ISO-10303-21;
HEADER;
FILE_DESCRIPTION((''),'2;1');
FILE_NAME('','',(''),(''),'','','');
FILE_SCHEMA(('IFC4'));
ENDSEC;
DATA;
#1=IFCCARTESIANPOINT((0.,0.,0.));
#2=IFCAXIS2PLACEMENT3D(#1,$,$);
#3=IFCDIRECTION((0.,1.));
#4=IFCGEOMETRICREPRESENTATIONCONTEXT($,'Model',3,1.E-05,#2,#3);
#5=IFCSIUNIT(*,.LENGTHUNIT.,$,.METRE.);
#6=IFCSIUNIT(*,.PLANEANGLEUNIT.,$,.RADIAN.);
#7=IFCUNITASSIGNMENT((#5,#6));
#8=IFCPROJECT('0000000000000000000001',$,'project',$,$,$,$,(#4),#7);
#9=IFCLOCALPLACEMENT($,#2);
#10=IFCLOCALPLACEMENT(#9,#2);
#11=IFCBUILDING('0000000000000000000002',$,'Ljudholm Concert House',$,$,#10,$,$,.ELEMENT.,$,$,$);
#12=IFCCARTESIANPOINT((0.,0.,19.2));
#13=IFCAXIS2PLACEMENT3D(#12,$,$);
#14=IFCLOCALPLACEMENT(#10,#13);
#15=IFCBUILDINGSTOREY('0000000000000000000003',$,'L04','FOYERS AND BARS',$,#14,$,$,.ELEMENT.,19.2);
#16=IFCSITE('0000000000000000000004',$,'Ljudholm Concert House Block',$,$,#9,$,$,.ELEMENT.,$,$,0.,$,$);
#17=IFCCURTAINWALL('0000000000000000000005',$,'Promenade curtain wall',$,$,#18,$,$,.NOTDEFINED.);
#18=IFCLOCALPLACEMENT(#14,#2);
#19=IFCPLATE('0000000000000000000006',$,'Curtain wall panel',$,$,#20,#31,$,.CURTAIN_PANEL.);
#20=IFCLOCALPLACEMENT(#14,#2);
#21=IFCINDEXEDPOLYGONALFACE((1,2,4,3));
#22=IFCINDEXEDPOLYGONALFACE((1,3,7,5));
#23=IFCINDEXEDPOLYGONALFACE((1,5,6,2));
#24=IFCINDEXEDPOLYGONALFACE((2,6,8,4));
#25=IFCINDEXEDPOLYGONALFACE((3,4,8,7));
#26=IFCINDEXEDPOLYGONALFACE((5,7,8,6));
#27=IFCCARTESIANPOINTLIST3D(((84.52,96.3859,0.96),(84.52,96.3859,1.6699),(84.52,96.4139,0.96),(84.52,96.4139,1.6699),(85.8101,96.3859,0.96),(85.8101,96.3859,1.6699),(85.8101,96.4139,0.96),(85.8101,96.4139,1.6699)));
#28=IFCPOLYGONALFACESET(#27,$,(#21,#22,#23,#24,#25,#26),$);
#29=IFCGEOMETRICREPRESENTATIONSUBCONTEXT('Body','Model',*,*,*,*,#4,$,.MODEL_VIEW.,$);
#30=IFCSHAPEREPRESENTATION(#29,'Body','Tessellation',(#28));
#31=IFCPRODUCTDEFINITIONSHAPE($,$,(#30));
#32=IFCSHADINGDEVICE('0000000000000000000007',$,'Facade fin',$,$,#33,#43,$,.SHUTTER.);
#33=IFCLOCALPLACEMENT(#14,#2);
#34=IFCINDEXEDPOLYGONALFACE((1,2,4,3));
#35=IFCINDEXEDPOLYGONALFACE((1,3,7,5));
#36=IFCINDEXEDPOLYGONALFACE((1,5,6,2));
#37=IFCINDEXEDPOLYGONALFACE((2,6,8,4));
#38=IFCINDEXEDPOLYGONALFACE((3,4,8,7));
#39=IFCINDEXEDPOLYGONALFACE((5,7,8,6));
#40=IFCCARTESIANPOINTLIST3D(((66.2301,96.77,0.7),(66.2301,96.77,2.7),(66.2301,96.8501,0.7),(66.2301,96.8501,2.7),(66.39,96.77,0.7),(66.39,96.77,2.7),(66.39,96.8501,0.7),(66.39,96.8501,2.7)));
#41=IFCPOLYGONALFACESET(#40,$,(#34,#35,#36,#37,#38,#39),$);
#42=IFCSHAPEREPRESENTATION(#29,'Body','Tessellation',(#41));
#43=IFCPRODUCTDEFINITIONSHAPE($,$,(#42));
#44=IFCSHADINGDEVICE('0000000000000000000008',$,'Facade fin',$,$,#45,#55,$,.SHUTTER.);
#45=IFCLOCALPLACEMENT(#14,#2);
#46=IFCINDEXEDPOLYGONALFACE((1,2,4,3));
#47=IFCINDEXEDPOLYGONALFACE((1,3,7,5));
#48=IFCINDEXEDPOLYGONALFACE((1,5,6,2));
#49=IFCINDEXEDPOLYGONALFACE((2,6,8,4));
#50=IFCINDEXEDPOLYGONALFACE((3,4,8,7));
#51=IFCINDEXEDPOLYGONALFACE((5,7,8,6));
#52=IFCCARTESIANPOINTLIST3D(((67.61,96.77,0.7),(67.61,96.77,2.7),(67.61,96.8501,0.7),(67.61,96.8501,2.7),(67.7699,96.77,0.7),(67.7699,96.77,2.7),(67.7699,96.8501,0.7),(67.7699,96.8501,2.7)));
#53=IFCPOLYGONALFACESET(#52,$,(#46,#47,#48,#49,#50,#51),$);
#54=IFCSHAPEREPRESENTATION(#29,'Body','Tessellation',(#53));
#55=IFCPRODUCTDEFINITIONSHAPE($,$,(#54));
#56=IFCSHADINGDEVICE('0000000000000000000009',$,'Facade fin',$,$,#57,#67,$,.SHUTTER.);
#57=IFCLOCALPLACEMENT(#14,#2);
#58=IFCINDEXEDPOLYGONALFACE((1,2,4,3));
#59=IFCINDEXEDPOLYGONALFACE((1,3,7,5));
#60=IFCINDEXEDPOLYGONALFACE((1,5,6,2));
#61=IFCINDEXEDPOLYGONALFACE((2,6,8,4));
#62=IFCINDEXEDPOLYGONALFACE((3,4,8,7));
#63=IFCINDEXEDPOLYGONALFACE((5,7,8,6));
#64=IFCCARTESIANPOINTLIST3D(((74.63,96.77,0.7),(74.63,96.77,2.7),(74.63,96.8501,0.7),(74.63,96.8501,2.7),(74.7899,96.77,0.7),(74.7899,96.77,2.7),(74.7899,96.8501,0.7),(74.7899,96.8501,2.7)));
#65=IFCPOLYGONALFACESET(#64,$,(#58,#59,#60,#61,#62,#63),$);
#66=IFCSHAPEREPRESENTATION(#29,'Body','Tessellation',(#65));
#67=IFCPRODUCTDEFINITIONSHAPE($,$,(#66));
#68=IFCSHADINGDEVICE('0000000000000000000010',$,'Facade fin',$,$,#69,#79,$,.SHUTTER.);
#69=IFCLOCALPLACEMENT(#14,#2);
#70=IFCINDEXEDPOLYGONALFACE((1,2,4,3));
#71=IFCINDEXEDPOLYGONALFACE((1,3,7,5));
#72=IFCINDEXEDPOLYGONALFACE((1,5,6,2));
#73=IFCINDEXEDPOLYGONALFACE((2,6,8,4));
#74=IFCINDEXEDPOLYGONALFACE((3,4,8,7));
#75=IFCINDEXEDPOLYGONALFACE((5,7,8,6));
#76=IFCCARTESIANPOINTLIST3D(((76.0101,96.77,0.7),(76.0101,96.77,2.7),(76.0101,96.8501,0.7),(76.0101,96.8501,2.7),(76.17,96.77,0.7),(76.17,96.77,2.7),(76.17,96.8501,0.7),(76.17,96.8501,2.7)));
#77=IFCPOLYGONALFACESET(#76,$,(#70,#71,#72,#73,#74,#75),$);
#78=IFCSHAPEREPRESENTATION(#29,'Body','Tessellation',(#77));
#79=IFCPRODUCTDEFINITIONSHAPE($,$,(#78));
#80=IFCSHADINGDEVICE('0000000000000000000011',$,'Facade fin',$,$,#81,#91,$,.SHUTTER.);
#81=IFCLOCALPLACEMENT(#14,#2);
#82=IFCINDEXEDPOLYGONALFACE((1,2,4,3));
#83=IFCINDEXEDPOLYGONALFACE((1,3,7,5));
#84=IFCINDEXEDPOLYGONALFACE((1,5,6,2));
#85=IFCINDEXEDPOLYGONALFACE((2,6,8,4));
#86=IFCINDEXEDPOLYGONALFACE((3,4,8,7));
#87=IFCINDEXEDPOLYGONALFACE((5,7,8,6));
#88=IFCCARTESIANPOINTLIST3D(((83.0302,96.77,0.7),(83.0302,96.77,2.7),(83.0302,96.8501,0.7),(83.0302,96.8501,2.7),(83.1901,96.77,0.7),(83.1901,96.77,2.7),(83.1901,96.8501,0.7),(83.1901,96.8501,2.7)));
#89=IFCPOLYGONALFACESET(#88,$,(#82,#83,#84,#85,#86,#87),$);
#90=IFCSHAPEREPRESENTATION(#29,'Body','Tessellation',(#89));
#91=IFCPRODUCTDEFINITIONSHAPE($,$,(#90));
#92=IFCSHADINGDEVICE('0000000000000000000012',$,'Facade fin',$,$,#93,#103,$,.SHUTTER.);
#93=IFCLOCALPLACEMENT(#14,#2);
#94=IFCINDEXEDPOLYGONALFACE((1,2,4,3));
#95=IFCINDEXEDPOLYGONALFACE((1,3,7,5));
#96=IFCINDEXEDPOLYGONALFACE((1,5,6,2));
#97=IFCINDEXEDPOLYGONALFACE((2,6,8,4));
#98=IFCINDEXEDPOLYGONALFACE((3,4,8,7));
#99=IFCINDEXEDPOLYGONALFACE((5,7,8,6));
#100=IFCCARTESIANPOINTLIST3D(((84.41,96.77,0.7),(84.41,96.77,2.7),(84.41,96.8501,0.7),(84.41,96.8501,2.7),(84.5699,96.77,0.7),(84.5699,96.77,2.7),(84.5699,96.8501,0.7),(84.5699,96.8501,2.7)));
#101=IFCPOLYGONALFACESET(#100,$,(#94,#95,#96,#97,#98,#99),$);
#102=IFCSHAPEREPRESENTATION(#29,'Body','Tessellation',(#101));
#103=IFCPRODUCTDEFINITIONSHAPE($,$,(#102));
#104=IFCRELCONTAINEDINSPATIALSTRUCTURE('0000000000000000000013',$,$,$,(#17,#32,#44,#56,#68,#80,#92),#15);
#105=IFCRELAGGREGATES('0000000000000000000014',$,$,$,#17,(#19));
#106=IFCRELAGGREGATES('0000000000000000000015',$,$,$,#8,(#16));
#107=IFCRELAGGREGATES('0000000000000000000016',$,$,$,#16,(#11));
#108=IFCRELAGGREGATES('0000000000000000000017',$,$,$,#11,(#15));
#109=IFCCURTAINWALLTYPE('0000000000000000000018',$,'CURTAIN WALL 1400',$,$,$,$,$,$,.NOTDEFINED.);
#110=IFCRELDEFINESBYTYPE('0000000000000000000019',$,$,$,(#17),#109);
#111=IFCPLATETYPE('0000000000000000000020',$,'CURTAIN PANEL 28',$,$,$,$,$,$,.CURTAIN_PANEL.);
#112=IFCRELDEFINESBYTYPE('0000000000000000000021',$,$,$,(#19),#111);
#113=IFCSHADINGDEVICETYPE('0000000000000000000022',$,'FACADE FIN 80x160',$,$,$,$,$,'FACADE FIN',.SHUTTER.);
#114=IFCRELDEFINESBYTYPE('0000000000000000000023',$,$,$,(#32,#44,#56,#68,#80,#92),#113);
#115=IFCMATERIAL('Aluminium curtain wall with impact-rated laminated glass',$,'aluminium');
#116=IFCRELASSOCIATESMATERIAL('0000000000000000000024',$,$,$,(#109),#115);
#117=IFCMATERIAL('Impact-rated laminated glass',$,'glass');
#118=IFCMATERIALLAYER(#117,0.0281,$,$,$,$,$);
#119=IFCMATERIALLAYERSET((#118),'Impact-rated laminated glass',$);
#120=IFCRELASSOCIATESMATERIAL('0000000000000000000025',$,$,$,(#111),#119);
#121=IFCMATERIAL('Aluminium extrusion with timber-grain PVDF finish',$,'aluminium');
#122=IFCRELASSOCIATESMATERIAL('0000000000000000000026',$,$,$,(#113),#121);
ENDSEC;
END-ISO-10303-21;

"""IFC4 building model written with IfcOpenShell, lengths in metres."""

from ifc_helpers import new_model, si_unit, direction, frame, origin, origin_2d, place, context, subcontext, project, spatial, rectangle, extrude, material, layer, layer_set, type_object, element, aggregate, save


model = new_model("IFC4")

# Units and contexts
model_context = context("Model", 3, precision=1e-05, world=origin(), true_north=direction((0.0, 1.0)))
body_context = subcontext(model_context, "Body", "Model", "MODEL_VIEW")
ifc_project = project(units=[si_unit("LENGTHUNIT", "METRE"), si_unit("PLANEANGLEUNIT", "RADIAN")], contexts=[model_context])

# Site, building, storey
site_placement = place(None, origin())
site = spatial("IfcSite", under=ifc_project, at=site_placement, Name="Ljudholm Concert House Block", CompositionType="ELEMENT", RefElevation=0.0)
building_placement = place(site_placement, origin())
building = spatial("IfcBuilding", under=site, at=building_placement, Name="Ljudholm Concert House", CompositionType="ELEMENT")
storey_placement = place(building_placement, frame((0.0, 0.0, 19.2)))
storey = spatial("IfcBuildingStorey", under=building, at=storey_placement, Name="L04", Description="FOYERS AND BARS", CompositionType="ELEMENT", Elevation=19.2)

# Shared definitions
ifc_material_1 = material(Name="Aluminium curtain wall with impact-rated laminated glass", Category="aluminium")
curtain_wall_type = type_object("IfcCurtainWallType", Name="CURTAIN WALL 1400", PredefinedType="NOTDEFINED", material=ifc_material_1)

# Curtain wall
curtain_wall_1_placement = place(storey_placement, origin())
curtain_wall_1 = element("IfcCurtainWall", 1, at=curtain_wall_1_placement, inside=storey, type_object=curtain_wall_type, Name="Promenade curtain wall", PredefinedType="NOTDEFINED")

# Plate
ifc_material_2 = material(Name="Impact-rated laminated glass", Category="glass")
ifc_layer = layer(ifc_material_2, 0.0281)
ifc_layer_set = layer_set([ifc_layer], Name="Impact-rated laminated glass")
plate_type = type_object("IfcPlateType", Name="CURTAIN PANEL 28", PredefinedType="CURTAIN_PANEL", material=ifc_layer_set)
plate_1_placement = place(storey_placement, frame((85.165, 96.3999, 0.96), z_axis=(0.0, 0.0, 1.0), x_axis=(1.0, 0.0, 0.0)))
plate_1 = element("IfcPlate", 2, at=plate_1_placement, type_object=plate_type, Name="Curtain wall panel", PredefinedType="CURTAIN_PANEL", context=body_context, shape_type="SweptSolid", body=[
    extrude(rectangle(XDim=1.29, YDim=0.0281, at=origin_2d()), origin(), (0.0, 0.0, 1.0), 0.71),
])
aggregate(curtain_wall_1, [plate_1])

# Shading devices
ifc_material_3 = material(Name="Aluminium extrusion with timber-grain PVDF finish", Category="aluminium")
shading_device_type = type_object("IfcShadingDeviceType", Name="FACADE FIN 80x160", ElementType="FACADE FIN", PredefinedType="SHUTTER", material=ifc_material_3)
for number, where, z_axis, x_axis, name in (
    (3, (66.3101, 96.8101, 0.7), (0.0, 0.0, 1.0), (0.0, 1.0, 0.0), "Facade fin"),
    (4, (67.6899, 96.8101, 0.7), (0.0, 0.0, 1.0), (0.0, 1.0, 0.0), "Facade fin"),
    (5, (74.71, 96.8101, 0.7), (0.0, 0.0, 1.0), (0.0, 1.0, 0.0), "Facade fin"),
    (6, (76.0901, 96.8101, 0.7), (0.0, 0.0, 1.0), (0.0, 1.0, 0.0), "Facade fin"),
    (7, (83.1101, 96.8101, 0.7), (0.0, 0.0, 1.0), (0.0, 1.0, 0.0), "Facade fin"),
    (8, (84.49, 96.8101, 0.7), (0.0, 0.0, 1.0), (0.0, 1.0, 0.0), "Facade fin"),
):
    element("IfcShadingDevice", number, at=place(storey_placement, frame(where, z_axis=z_axis, x_axis=x_axis)), inside=storey, type_object=shading_device_type, Name=name, PredefinedType="SHUTTER", context=body_context, shape_type="SweptSolid", body=[
        extrude(rectangle(XDim=0.0801, YDim=0.1599, at=origin_2d()), origin(), (0.0, 0.0, 1.0), 2.0),
    ])

save(model, "model.ifc")
